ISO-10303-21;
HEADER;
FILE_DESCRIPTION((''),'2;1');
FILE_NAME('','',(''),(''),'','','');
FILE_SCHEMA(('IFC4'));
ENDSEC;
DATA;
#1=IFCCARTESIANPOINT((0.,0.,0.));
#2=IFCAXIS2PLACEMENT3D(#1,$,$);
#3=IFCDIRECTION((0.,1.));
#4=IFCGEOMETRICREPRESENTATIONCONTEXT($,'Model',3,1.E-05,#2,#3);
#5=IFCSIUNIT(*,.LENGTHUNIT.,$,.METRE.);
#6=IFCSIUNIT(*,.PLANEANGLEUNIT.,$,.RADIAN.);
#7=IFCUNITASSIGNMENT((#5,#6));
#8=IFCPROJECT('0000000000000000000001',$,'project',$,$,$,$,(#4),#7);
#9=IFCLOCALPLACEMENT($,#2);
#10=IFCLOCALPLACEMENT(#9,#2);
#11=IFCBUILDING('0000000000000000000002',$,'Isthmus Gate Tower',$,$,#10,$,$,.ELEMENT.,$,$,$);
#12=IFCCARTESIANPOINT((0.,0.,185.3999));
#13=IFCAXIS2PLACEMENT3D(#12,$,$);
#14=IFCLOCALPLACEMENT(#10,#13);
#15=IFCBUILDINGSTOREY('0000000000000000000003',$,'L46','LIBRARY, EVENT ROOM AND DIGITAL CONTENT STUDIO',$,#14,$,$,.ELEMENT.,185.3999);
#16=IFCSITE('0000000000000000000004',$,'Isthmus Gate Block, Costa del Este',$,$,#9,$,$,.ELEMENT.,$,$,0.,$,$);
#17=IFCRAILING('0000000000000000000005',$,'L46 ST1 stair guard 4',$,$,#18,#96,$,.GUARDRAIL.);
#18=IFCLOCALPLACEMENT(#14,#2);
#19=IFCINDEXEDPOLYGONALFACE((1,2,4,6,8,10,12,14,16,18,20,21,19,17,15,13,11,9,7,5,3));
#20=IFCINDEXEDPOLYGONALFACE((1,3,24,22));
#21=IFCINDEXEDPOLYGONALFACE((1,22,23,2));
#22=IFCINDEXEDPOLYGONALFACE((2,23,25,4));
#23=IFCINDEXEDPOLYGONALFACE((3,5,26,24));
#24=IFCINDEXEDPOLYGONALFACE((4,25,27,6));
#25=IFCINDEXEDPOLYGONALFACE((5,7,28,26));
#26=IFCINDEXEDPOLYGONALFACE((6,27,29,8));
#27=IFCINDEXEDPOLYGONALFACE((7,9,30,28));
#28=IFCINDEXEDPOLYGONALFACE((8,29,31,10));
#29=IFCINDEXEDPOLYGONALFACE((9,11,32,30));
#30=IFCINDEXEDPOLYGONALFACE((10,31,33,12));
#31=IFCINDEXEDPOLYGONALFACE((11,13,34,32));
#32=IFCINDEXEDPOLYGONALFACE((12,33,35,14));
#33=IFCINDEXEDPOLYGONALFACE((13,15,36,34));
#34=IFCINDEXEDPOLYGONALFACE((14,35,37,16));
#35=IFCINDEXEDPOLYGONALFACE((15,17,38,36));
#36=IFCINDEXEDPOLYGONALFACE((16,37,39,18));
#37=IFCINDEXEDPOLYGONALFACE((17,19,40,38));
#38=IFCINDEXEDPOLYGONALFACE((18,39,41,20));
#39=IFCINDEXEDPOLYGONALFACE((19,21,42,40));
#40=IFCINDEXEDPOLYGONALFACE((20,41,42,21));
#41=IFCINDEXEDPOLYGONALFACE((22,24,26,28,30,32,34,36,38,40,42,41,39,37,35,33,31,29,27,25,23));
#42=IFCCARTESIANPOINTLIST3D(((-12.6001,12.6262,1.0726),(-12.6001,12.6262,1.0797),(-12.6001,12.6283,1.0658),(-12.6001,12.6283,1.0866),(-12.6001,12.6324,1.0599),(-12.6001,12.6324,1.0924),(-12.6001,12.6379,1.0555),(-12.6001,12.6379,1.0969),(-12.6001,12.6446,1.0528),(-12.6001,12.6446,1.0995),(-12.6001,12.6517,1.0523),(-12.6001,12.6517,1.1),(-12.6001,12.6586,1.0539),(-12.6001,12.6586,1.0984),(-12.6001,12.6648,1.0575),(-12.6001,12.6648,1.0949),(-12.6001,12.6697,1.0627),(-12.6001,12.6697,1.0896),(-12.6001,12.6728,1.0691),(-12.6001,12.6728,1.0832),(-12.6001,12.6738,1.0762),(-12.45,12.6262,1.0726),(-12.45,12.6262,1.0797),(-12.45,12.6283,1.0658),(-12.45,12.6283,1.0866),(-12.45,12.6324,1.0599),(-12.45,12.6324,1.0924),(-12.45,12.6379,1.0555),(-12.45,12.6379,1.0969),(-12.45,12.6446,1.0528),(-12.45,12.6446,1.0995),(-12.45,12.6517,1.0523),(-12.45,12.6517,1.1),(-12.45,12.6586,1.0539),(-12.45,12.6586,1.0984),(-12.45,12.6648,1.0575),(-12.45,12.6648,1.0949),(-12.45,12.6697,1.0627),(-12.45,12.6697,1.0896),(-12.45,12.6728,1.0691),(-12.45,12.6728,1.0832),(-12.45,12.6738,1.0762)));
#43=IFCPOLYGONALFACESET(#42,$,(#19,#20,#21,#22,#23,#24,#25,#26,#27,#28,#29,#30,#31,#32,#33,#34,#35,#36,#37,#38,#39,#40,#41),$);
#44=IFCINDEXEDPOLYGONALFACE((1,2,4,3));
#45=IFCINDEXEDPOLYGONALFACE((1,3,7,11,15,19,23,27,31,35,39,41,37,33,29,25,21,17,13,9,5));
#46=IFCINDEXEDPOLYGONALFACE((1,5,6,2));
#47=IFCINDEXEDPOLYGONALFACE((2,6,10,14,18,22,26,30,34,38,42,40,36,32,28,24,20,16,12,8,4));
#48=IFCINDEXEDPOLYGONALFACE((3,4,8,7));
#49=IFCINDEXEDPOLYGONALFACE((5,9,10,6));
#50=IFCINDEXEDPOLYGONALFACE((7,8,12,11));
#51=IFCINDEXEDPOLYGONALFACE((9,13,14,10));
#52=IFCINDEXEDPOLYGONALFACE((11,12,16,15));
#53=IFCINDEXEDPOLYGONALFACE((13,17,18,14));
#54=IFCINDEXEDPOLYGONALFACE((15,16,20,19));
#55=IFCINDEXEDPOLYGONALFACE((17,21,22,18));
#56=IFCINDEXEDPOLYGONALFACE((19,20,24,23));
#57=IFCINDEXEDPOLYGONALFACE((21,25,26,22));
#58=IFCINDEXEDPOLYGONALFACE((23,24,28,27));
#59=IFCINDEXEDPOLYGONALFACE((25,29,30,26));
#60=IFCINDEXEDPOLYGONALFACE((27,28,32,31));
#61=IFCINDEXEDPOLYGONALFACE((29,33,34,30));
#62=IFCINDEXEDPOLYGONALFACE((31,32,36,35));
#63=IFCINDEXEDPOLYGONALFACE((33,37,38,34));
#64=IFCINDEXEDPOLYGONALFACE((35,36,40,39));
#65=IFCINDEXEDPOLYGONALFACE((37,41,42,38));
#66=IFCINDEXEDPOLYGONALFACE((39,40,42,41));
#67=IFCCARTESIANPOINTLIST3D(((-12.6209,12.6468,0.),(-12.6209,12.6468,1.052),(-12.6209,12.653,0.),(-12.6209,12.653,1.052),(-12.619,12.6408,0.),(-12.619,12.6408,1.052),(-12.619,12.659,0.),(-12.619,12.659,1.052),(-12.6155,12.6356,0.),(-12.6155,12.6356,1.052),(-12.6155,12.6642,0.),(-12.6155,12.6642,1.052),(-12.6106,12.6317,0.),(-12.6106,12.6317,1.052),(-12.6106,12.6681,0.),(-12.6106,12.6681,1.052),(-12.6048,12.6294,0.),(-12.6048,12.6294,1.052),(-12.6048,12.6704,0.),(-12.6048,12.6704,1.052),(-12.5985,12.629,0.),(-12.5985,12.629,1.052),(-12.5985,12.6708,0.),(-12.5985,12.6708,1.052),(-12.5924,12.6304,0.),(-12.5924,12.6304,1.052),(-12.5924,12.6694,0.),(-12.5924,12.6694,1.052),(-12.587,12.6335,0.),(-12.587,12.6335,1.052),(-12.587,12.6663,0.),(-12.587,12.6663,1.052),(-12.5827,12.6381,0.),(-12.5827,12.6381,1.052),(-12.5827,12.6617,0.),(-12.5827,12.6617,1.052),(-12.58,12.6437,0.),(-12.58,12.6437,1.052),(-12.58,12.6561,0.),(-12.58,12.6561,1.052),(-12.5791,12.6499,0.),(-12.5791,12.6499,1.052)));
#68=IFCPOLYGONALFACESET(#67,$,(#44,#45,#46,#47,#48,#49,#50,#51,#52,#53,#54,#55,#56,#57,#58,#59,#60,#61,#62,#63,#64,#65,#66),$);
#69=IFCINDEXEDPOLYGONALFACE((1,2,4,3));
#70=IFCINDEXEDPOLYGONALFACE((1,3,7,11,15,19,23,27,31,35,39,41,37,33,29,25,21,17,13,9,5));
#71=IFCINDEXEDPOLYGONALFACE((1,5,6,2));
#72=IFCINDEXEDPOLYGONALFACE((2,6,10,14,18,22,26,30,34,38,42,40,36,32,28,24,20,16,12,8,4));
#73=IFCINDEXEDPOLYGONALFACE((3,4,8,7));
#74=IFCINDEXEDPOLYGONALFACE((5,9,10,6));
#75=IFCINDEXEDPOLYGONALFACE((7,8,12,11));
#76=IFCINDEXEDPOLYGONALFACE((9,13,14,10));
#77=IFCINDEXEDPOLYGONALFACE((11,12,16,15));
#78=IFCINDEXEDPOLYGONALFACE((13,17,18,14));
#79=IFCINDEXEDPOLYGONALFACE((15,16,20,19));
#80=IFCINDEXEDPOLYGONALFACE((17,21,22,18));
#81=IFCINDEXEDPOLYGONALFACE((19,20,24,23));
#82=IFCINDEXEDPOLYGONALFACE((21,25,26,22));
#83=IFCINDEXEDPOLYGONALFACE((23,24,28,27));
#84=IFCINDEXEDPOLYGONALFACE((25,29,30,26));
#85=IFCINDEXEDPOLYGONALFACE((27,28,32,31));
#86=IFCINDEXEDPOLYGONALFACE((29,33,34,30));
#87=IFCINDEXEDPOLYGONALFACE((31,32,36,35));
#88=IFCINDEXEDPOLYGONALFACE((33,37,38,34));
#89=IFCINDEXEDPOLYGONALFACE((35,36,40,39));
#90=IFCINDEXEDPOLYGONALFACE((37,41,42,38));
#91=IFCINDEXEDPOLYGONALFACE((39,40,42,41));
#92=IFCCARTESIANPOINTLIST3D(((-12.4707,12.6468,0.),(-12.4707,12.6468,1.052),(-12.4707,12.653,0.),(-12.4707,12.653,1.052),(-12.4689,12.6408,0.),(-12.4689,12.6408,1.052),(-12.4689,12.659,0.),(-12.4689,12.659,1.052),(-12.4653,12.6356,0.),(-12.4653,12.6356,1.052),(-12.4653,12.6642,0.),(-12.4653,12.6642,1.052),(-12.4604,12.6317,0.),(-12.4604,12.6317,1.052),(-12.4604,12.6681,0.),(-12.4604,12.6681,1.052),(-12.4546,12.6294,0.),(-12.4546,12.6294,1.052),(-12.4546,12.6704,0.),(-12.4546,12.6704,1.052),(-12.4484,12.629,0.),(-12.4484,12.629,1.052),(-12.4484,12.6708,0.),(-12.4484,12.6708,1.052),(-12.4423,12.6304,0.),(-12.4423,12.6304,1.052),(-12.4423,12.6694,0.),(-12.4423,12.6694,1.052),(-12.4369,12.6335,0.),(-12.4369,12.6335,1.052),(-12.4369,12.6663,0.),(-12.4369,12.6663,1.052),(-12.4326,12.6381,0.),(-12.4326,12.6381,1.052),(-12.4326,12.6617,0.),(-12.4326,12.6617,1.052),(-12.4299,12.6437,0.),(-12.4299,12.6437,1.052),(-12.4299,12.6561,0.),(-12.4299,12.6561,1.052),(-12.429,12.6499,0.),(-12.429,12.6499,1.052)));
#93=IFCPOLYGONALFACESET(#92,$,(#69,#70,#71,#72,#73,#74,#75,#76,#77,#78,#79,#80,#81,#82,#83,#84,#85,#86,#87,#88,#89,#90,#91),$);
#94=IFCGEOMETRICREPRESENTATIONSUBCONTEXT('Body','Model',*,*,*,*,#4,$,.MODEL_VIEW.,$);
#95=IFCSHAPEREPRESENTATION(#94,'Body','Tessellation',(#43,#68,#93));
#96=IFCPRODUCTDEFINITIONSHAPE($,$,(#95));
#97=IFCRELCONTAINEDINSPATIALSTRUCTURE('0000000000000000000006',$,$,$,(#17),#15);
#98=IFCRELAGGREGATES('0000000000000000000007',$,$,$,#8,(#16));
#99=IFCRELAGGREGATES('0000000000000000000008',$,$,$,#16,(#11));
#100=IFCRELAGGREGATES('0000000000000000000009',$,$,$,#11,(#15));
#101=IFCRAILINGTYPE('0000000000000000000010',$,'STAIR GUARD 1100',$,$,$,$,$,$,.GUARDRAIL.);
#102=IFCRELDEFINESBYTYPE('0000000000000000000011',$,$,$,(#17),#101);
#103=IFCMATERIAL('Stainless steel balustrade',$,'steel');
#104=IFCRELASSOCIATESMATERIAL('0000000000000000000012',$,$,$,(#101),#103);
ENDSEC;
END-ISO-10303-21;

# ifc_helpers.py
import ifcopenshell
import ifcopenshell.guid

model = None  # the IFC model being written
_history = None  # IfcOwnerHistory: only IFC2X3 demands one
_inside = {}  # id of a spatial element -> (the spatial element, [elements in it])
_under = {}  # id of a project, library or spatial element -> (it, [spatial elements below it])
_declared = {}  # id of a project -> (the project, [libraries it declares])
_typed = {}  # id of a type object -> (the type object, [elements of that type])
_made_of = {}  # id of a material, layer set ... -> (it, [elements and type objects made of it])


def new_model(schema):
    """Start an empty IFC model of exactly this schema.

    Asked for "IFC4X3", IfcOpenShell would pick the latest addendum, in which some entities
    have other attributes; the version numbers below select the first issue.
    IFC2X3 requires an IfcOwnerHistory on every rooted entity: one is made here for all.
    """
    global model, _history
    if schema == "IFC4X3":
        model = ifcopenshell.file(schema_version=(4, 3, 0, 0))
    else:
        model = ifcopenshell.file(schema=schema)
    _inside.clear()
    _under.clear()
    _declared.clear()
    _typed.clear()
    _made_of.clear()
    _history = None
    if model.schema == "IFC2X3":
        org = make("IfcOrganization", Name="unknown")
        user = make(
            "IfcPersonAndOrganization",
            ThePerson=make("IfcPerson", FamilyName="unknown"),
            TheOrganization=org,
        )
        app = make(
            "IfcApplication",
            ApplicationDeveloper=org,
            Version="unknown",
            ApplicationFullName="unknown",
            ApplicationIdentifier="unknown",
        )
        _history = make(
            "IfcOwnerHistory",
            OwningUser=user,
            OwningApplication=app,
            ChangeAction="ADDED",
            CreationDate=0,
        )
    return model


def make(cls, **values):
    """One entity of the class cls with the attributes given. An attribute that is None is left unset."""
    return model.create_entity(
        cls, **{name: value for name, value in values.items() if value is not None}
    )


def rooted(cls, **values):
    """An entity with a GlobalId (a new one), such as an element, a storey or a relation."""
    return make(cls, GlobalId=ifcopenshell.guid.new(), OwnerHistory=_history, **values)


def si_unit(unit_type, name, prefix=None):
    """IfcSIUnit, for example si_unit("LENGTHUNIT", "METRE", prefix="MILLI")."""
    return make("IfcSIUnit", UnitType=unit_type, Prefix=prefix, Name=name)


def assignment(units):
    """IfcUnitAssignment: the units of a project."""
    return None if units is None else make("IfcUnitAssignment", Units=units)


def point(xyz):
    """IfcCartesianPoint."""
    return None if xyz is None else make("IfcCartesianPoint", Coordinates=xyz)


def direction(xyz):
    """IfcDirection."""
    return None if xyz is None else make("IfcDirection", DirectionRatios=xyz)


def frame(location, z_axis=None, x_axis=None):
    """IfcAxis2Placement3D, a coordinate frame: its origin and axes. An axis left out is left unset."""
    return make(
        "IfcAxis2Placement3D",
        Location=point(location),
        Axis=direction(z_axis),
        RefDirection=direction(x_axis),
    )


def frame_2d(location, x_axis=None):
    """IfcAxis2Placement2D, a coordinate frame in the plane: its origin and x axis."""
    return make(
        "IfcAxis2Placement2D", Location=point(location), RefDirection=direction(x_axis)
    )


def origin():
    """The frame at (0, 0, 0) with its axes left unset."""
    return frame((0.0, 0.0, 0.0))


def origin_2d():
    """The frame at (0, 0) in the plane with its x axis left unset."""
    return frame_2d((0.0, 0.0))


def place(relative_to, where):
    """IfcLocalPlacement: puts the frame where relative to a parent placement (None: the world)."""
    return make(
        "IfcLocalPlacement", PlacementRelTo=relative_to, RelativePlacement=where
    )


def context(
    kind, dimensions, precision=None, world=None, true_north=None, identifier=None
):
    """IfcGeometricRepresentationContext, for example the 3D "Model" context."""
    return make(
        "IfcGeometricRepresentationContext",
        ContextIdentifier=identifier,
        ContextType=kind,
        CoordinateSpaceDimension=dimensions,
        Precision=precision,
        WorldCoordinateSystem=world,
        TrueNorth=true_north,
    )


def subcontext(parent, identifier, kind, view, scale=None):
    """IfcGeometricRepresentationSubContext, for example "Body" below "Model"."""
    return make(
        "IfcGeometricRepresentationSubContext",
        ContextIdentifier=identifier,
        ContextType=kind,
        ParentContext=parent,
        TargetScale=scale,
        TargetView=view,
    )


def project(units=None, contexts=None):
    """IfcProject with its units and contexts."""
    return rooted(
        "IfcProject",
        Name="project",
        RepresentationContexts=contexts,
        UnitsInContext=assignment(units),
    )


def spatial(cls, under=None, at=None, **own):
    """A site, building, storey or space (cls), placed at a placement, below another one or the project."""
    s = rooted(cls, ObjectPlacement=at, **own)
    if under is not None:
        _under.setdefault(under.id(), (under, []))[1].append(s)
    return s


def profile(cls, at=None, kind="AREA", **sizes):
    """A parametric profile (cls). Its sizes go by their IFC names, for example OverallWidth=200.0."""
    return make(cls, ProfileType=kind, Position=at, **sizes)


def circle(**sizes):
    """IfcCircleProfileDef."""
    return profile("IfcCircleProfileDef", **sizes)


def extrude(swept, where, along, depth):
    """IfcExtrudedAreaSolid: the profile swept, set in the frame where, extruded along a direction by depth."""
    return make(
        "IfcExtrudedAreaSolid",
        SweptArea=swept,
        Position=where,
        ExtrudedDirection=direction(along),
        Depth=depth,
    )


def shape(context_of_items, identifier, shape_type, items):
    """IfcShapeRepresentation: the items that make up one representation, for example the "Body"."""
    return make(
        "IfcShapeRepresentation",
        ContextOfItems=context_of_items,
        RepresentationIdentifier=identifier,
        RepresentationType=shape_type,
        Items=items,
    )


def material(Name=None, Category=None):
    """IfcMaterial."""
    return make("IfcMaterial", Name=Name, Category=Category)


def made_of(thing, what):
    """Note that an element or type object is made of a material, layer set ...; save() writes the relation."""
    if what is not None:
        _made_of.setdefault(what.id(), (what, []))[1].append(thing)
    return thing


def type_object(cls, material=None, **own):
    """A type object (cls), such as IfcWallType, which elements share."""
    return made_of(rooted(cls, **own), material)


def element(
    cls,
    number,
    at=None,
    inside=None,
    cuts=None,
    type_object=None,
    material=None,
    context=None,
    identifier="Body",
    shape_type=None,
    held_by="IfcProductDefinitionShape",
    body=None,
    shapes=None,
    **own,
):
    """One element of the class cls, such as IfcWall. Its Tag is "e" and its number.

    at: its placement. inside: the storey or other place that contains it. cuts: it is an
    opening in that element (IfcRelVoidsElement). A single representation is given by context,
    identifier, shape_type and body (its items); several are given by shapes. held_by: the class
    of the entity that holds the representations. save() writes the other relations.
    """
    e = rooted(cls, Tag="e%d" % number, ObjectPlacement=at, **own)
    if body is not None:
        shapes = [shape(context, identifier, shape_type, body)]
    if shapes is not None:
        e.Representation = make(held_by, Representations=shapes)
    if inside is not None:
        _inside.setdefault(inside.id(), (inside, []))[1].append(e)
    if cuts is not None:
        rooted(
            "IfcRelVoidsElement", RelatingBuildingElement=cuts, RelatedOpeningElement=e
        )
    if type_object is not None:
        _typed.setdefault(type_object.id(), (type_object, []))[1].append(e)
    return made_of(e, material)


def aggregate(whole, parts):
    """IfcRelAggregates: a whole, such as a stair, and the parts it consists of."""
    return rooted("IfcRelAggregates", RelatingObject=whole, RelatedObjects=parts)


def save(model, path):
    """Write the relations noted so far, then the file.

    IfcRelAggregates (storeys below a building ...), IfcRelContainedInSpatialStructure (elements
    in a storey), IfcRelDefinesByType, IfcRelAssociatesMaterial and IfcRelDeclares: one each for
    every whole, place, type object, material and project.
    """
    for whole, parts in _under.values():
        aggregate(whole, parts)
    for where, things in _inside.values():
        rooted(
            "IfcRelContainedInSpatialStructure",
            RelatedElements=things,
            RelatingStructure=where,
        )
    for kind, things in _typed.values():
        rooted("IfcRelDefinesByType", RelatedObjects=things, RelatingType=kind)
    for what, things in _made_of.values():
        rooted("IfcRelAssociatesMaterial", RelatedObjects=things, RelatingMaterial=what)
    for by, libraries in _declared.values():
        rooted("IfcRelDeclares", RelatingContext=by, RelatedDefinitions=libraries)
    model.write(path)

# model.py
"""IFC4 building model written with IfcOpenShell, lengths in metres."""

from ifc_helpers import new_model, si_unit, direction, frame, origin, origin_2d, place, context, subcontext, project, spatial, circle, extrude, material, type_object, element, save


model = new_model("IFC4")

# Units and contexts
model_context = context("Model", 3, precision=1e-05, world=origin(), true_north=direction((0.0, 1.0)))
body_context = subcontext(model_context, "Body", "Model", "MODEL_VIEW")
ifc_project = project(units=[si_unit("LENGTHUNIT", "METRE"), si_unit("PLANEANGLEUNIT", "RADIAN")], contexts=[model_context])

# Site, building, storey
site_placement = place(None, origin())
site = spatial("IfcSite", under=ifc_project, at=site_placement, Name="Isthmus Gate Block, Costa del Este", CompositionType="ELEMENT", RefElevation=0.0)
building_placement = place(site_placement, origin())
building = spatial("IfcBuilding", under=site, at=building_placement, Name="Isthmus Gate Tower", CompositionType="ELEMENT")
storey_placement = place(building_placement, frame((0.0, 0.0, 185.3999)))
storey = spatial("IfcBuildingStorey", under=building, at=storey_placement, Name="L46", Description="LIBRARY, EVENT ROOM AND DIGITAL CONTENT STUDIO", CompositionType="ELEMENT", Elevation=185.3999)

# Railing
ifc_material_1 = material(Name="Stainless steel balustrade", Category="steel")
railing_type_1 = type_object("IfcRailingType", Name="STAIR GUARD 1100", PredefinedType="GUARDRAIL", material=ifc_material_1)
railing_1_placement = place(storey_placement, frame((-12.6001, 12.6499, 0.0)))
element("IfcRailing", 1, at=railing_1_placement, inside=storey, type_object=railing_type_1, Name="L46 ST1 stair guard 4", PredefinedType="GUARDRAIL", context=body_context, shape_type="SweptSolid", body=[
    extrude(circle(Radius=0.0239, at=origin_2d()), frame((0.0, 0.0, 1.0762), z_axis=(1.0, 0.0, 0.0), x_axis=(0.0, 1.0, 0.0)), (0.0, 0.0, 1.0), 0.1501),
    extrude(circle(Radius=0.021, at=origin_2d()), origin(), (0.0, 0.0, 1.0), 1.052),
    extrude(circle(Radius=0.021, at=origin_2d()), frame((0.1501, 0.0, 0.0)), (0.0, 0.0, 1.0), 1.052),
])

save(model, "model.ifc")
